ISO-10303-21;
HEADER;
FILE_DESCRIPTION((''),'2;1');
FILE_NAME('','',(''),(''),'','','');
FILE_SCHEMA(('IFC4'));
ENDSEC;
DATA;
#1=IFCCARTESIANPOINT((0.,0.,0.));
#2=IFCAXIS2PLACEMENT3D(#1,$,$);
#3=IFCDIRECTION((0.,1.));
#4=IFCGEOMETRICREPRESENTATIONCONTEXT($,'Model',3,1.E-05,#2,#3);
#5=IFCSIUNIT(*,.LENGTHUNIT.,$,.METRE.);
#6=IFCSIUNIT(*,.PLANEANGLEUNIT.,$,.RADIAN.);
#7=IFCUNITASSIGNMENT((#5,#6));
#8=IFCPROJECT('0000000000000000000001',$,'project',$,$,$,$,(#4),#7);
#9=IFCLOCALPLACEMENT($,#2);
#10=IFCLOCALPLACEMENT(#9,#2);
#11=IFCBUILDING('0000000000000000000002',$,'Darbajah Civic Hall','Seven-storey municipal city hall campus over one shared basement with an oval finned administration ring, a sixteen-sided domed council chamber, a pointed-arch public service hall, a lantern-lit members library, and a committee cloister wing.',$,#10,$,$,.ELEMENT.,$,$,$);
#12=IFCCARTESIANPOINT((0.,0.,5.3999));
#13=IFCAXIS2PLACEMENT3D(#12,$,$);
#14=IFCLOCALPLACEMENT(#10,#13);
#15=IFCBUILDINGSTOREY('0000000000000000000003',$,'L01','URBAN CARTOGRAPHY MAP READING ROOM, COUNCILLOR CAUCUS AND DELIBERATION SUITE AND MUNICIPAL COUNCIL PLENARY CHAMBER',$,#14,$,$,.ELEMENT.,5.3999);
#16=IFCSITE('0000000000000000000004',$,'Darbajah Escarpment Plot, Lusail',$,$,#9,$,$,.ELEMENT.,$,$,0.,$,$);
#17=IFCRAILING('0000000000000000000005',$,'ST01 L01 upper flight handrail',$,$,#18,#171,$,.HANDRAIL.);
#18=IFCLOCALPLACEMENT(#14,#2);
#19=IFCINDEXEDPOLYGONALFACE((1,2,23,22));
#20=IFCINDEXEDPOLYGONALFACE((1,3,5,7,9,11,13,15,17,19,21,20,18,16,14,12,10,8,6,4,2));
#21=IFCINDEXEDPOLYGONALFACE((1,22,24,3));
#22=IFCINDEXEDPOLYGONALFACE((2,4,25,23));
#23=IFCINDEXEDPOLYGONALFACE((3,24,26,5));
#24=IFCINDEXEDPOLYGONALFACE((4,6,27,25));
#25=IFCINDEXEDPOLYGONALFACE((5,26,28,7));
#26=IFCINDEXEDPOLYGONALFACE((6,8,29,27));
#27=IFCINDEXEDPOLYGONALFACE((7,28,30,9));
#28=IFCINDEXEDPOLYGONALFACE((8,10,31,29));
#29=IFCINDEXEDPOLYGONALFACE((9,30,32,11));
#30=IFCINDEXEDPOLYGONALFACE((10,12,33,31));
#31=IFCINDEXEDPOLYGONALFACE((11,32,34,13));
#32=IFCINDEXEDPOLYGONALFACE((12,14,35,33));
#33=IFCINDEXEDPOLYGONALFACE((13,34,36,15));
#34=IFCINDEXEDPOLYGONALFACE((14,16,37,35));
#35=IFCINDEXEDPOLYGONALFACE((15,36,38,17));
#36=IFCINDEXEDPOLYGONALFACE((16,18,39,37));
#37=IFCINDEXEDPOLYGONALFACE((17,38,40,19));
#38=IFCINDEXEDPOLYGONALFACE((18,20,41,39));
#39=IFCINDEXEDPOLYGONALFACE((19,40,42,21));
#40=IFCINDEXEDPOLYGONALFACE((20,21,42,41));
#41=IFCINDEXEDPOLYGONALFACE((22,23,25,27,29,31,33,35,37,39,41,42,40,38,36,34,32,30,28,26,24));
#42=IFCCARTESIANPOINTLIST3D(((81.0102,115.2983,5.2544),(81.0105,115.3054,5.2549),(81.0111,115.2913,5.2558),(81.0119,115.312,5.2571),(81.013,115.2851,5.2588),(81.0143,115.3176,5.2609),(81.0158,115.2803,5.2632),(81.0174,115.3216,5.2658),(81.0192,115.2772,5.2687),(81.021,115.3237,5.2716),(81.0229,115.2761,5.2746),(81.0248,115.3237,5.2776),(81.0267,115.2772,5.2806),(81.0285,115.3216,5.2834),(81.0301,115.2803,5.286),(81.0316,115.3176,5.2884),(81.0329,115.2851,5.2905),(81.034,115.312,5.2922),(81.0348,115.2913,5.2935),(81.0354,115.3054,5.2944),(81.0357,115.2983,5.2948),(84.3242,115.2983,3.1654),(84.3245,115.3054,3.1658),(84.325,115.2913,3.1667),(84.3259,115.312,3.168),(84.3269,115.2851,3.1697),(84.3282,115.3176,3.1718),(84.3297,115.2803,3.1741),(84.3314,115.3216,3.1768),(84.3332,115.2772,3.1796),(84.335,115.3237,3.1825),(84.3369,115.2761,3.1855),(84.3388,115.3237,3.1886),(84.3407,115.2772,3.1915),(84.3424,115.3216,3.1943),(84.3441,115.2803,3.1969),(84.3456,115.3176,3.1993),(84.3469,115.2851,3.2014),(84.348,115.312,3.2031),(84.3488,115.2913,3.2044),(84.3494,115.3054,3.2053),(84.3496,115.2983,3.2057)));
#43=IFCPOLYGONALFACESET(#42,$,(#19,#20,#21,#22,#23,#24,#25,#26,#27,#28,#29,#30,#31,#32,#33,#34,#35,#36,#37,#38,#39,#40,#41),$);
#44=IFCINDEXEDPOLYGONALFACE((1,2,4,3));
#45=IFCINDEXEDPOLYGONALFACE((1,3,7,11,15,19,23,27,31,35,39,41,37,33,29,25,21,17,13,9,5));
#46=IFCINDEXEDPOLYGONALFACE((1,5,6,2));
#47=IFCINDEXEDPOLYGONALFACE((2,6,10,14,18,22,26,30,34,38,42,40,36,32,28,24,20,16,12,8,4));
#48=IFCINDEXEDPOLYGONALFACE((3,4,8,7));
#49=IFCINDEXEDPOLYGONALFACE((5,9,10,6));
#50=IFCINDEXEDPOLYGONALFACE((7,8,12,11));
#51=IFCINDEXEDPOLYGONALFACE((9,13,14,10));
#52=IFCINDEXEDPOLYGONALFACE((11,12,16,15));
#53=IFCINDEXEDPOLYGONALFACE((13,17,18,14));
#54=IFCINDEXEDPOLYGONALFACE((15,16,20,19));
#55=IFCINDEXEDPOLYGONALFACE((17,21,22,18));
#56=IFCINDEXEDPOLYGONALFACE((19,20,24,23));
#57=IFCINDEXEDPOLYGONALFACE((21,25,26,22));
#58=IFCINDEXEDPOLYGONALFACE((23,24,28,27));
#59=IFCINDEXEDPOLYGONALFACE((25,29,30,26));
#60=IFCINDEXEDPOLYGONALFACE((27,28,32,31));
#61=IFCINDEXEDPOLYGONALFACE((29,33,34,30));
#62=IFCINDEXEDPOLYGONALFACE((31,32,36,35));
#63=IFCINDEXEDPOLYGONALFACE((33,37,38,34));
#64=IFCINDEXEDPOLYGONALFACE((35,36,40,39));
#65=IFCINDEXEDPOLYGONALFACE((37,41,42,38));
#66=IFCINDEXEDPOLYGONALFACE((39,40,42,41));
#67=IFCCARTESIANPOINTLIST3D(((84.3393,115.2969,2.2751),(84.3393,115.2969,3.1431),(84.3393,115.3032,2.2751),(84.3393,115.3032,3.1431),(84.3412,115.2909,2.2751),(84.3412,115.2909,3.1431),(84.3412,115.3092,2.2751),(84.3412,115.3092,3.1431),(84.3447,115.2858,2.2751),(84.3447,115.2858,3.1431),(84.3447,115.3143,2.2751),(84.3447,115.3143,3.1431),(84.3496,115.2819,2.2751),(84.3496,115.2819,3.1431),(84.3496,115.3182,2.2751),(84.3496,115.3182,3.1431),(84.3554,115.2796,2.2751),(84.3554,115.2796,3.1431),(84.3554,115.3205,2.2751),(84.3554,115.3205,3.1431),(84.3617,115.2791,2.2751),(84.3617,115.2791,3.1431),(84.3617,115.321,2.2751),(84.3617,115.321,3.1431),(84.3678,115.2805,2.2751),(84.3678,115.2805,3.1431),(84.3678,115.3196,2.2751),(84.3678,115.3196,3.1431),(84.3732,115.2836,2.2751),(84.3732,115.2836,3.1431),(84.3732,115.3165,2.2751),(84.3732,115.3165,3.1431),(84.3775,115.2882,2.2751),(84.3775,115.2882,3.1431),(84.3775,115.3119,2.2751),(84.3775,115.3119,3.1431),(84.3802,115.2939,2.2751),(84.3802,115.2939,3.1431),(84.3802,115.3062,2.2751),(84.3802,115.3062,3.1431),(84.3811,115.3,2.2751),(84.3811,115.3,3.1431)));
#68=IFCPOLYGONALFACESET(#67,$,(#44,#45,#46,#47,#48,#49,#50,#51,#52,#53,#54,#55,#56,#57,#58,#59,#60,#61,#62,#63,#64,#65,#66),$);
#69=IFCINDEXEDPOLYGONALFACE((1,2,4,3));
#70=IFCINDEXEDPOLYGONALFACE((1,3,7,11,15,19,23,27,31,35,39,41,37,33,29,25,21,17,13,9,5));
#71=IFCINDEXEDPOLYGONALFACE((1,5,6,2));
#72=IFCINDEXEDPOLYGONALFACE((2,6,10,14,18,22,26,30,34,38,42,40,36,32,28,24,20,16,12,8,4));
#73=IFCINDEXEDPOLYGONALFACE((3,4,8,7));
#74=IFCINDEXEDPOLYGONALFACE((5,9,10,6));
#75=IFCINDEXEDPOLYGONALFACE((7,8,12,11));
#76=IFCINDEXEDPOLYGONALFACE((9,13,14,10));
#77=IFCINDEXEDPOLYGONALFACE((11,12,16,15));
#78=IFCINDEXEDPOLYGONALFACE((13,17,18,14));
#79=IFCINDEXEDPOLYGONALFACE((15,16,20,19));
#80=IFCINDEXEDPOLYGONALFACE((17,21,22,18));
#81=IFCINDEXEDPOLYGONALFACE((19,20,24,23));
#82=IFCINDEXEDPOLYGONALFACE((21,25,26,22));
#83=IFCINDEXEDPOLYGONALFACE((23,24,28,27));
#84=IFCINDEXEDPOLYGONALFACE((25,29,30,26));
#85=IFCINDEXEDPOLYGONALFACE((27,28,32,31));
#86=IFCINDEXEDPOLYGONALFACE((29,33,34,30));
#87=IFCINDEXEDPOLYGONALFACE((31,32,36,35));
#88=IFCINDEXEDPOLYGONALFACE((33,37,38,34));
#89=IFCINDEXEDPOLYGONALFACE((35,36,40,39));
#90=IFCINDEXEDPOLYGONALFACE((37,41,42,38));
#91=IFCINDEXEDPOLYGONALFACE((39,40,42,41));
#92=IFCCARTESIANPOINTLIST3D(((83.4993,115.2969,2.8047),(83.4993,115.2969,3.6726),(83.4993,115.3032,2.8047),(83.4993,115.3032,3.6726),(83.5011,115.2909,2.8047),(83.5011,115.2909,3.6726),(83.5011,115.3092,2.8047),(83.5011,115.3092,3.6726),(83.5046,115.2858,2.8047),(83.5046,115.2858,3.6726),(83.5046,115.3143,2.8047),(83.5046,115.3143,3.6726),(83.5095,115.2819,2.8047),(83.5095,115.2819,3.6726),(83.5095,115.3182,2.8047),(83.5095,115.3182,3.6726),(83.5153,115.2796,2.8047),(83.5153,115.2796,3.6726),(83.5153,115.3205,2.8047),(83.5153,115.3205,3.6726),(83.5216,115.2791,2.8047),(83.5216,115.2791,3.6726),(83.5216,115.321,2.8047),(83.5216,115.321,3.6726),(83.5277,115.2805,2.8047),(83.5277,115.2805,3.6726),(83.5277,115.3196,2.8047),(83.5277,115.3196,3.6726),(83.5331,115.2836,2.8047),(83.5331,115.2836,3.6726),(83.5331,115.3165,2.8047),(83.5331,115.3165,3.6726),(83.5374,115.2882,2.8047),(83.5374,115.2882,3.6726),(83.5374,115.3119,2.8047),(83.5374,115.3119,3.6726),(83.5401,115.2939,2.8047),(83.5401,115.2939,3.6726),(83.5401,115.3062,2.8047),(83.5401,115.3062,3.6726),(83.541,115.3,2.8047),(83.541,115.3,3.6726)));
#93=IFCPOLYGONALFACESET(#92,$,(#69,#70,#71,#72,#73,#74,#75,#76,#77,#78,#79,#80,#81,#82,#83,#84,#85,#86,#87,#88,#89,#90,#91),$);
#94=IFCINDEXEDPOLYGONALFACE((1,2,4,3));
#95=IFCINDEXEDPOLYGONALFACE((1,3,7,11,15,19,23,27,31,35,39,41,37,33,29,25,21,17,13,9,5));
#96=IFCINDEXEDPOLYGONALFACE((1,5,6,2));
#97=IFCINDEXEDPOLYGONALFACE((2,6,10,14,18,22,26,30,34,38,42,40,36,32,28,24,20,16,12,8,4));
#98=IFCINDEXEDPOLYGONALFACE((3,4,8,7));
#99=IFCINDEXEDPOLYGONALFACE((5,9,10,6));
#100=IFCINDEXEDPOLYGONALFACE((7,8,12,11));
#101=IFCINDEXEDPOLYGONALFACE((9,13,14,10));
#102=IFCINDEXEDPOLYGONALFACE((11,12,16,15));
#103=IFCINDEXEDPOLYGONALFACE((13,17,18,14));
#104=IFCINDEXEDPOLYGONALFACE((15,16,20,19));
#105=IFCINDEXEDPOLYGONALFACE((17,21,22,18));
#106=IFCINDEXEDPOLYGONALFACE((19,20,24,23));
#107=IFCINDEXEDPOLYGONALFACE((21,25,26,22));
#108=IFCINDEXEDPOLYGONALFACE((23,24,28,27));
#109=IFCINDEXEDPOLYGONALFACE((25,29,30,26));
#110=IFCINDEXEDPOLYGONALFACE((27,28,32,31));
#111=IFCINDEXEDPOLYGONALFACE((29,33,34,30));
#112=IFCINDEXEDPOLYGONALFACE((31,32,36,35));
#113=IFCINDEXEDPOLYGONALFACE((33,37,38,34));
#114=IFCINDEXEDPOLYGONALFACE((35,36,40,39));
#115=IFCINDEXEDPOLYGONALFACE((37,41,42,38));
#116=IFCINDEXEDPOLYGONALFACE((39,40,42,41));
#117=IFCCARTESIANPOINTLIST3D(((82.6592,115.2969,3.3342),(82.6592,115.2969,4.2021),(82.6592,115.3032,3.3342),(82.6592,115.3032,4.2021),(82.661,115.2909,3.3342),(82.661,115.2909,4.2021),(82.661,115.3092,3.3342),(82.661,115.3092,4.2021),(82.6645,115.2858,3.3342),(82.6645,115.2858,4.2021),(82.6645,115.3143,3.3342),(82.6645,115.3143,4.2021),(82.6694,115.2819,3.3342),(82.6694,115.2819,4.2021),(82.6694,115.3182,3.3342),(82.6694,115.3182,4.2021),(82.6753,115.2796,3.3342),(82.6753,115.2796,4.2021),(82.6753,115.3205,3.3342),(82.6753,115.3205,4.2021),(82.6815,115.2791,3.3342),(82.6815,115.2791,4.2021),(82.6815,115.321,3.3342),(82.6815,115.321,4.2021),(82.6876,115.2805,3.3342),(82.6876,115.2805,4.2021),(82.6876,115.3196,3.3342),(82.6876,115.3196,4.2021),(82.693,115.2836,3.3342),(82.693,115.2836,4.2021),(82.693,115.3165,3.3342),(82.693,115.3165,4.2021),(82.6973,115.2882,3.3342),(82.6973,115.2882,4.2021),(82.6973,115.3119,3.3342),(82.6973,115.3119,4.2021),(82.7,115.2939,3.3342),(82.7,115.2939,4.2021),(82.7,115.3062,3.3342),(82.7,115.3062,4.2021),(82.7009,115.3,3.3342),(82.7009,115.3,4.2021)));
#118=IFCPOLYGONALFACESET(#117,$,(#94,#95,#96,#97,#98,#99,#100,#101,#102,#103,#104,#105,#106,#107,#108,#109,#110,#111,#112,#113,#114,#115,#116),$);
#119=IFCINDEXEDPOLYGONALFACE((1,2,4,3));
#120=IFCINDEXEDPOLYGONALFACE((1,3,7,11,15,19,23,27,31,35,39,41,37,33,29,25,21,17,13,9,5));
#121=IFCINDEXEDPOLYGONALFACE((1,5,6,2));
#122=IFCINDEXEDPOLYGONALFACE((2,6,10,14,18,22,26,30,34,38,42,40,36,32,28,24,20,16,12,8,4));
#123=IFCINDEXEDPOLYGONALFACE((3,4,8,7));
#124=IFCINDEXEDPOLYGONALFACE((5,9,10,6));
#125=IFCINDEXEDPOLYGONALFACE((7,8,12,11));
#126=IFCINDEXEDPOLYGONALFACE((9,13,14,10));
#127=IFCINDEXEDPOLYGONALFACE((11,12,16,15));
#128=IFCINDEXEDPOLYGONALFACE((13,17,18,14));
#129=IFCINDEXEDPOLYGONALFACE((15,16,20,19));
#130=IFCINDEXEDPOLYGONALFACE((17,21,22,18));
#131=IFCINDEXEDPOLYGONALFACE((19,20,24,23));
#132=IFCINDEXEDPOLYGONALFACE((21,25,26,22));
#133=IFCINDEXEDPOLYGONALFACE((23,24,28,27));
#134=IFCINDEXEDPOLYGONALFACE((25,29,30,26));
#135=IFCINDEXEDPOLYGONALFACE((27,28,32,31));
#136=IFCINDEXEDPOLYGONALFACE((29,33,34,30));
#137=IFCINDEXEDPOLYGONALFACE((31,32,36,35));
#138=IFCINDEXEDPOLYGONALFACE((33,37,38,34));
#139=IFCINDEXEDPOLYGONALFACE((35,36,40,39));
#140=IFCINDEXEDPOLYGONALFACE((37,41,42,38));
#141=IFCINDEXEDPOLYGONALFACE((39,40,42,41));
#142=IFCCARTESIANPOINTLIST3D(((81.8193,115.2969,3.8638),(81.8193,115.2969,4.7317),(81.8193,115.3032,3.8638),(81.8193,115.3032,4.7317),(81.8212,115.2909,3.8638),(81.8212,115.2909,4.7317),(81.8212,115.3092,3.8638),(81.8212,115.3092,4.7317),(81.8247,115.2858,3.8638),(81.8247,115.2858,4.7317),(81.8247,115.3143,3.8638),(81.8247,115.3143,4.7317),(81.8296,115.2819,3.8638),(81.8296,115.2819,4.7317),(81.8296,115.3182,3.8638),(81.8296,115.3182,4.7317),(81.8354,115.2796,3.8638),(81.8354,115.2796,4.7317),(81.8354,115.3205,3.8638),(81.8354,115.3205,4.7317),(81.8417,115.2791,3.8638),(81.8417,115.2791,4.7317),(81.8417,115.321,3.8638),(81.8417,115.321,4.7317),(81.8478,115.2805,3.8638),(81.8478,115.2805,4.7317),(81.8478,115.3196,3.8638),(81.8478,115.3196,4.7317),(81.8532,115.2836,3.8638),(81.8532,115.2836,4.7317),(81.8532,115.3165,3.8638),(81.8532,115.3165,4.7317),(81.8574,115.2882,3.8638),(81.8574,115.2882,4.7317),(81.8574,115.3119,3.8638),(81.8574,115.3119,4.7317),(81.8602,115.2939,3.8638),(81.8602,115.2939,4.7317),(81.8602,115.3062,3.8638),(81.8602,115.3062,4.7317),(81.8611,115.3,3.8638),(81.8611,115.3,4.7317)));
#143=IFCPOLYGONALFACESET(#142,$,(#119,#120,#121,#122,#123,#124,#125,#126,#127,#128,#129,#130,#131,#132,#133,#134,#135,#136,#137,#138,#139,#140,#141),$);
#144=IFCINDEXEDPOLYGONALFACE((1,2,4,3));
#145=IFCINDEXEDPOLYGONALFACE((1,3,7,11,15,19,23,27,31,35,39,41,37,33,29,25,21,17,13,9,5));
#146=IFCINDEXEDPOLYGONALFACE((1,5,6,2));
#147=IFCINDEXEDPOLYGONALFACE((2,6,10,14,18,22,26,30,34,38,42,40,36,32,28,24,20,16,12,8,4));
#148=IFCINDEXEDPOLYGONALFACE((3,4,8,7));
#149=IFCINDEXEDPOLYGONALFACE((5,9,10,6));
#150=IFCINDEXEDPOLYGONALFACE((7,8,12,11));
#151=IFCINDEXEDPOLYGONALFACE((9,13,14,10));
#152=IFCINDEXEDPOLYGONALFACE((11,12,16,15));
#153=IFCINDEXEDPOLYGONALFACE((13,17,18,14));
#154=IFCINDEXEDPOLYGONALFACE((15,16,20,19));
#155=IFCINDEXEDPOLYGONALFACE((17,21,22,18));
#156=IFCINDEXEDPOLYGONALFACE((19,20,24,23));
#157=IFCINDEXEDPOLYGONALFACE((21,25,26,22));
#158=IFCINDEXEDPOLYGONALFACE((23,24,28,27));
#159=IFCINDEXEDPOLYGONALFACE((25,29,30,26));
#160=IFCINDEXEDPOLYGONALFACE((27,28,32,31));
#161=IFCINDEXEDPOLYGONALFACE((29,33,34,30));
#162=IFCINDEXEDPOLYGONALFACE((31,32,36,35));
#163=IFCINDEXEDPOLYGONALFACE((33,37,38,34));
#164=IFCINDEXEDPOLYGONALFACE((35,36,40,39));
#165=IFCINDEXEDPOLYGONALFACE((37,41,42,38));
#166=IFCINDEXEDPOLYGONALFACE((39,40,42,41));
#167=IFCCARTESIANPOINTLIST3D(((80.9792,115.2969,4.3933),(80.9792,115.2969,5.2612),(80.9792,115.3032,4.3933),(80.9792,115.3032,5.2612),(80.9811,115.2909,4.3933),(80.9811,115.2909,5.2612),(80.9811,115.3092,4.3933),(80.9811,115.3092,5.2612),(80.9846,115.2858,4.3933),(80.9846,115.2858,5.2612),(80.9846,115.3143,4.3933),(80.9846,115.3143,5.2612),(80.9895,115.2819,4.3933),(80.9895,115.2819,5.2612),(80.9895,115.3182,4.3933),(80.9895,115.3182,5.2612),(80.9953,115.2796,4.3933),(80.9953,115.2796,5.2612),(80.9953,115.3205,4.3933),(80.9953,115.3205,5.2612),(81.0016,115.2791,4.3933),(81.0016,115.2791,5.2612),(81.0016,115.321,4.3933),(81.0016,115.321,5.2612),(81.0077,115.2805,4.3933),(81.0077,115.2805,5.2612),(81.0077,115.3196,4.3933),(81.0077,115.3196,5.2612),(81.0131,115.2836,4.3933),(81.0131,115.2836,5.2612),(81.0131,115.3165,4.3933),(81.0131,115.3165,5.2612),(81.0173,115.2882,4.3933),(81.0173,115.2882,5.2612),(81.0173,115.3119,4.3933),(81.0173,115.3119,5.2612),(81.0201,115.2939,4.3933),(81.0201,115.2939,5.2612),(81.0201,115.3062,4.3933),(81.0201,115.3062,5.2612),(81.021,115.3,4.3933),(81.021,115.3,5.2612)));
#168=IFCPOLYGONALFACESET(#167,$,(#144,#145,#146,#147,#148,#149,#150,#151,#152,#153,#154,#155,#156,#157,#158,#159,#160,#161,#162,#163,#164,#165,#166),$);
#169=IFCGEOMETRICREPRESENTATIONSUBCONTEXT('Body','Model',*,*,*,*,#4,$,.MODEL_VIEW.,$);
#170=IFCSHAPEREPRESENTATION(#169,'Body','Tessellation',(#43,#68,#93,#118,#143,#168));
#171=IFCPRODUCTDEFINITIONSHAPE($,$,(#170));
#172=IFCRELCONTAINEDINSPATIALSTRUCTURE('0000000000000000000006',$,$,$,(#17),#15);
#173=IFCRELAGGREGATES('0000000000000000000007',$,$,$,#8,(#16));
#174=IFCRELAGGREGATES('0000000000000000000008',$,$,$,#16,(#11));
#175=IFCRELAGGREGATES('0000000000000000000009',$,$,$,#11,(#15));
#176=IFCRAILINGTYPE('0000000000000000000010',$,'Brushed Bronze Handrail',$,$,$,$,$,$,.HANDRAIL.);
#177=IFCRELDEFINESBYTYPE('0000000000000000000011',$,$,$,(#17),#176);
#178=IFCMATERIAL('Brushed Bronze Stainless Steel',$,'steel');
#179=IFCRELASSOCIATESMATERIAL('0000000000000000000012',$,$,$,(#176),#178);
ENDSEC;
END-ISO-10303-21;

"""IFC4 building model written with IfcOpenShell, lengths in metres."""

from ifc_helpers import new_model, si_unit, direction, frame, origin, origin_2d, place, context, subcontext, project, spatial, circle, extrude, material, type_object, element, save


model = new_model("IFC4")

# Units and contexts
model_context = context("Model", 3, precision=1e-05, world=origin(), true_north=direction((0.0, 1.0)))
body_context = subcontext(model_context, "Body", "Model", "MODEL_VIEW")
ifc_project = project(units=[si_unit("LENGTHUNIT", "METRE"), si_unit("PLANEANGLEUNIT", "RADIAN")], contexts=[model_context])

# Site, building, storey
site_placement = place(None, origin())
site = spatial("IfcSite", under=ifc_project, at=site_placement, Name="Darbajah Escarpment Plot, Lusail", CompositionType="ELEMENT", RefElevation=0.0)
building_placement = place(site_placement, origin())
building = spatial("IfcBuilding", under=site, at=building_placement, Name="Darbajah Civic Hall", Description="Seven-storey municipal city hall campus over one shared basement with an oval finned administration ring, a sixteen-sided domed council chamber, a pointed-arch public service hall, a lantern-lit members library, and a committee cloister wing.", CompositionType="ELEMENT")
storey_placement = place(building_placement, frame((0.0, 0.0, 5.3999)))
storey = spatial("IfcBuildingStorey", under=building, at=storey_placement, Name="L01", Description="URBAN CARTOGRAPHY MAP READING ROOM, COUNCILLOR CAUCUS AND DELIBERATION SUITE AND MUNICIPAL COUNCIL PLENARY CHAMBER", CompositionType="ELEMENT", Elevation=5.3999)

# Railing
ifc_material_1 = material(Name="Brushed Bronze Stainless Steel", Category="steel")
railing_type_1 = type_object("IfcRailingType", Name="Brushed Bronze Handrail", PredefinedType="HANDRAIL", material=ifc_material_1)
railing_1_placement = place(storey_placement, frame((84.3601, 115.3, 2.2751)))
element("IfcRailing", 1, at=railing_1_placement, inside=storey, type_object=railing_type_1, Name="ST01 L01 upper flight handrail", PredefinedType="HANDRAIL", context=body_context, shape_type="SweptSolid", body=[
    extrude(circle(Radius=0.0239, at=origin_2d()), frame((-0.0232, 0.0, 0.9104), z_axis=(-0.845944, 0.0, 0.533271), x_axis=(0.0, -1.0, 0.0)), (0.0, 0.0, 1.0), 3.9175),
    extrude(circle(Radius=0.021, at=origin_2d()), origin(), (0.0, 0.0, 1.0), 0.8679),
    extrude(circle(Radius=0.021, at=origin_2d()), frame((-0.8401, 0.0, 0.5295)), (0.0, 0.0, 1.0), 0.8679),
    extrude(circle(Radius=0.021, at=origin_2d()), frame((-1.6802, 0.0, 1.0591)), (0.0, 0.0, 1.0), 0.8679),
    extrude(circle(Radius=0.021, at=origin_2d()), frame((-2.52, 0.0, 1.5886)), (0.0, 0.0, 1.0), 0.8679),
    extrude(circle(Radius=0.021, at=origin_2d()), frame((-3.3601, 0.0, 2.1182)), (0.0, 0.0, 1.0), 0.8679),
])

save(model, "model.ifc")
